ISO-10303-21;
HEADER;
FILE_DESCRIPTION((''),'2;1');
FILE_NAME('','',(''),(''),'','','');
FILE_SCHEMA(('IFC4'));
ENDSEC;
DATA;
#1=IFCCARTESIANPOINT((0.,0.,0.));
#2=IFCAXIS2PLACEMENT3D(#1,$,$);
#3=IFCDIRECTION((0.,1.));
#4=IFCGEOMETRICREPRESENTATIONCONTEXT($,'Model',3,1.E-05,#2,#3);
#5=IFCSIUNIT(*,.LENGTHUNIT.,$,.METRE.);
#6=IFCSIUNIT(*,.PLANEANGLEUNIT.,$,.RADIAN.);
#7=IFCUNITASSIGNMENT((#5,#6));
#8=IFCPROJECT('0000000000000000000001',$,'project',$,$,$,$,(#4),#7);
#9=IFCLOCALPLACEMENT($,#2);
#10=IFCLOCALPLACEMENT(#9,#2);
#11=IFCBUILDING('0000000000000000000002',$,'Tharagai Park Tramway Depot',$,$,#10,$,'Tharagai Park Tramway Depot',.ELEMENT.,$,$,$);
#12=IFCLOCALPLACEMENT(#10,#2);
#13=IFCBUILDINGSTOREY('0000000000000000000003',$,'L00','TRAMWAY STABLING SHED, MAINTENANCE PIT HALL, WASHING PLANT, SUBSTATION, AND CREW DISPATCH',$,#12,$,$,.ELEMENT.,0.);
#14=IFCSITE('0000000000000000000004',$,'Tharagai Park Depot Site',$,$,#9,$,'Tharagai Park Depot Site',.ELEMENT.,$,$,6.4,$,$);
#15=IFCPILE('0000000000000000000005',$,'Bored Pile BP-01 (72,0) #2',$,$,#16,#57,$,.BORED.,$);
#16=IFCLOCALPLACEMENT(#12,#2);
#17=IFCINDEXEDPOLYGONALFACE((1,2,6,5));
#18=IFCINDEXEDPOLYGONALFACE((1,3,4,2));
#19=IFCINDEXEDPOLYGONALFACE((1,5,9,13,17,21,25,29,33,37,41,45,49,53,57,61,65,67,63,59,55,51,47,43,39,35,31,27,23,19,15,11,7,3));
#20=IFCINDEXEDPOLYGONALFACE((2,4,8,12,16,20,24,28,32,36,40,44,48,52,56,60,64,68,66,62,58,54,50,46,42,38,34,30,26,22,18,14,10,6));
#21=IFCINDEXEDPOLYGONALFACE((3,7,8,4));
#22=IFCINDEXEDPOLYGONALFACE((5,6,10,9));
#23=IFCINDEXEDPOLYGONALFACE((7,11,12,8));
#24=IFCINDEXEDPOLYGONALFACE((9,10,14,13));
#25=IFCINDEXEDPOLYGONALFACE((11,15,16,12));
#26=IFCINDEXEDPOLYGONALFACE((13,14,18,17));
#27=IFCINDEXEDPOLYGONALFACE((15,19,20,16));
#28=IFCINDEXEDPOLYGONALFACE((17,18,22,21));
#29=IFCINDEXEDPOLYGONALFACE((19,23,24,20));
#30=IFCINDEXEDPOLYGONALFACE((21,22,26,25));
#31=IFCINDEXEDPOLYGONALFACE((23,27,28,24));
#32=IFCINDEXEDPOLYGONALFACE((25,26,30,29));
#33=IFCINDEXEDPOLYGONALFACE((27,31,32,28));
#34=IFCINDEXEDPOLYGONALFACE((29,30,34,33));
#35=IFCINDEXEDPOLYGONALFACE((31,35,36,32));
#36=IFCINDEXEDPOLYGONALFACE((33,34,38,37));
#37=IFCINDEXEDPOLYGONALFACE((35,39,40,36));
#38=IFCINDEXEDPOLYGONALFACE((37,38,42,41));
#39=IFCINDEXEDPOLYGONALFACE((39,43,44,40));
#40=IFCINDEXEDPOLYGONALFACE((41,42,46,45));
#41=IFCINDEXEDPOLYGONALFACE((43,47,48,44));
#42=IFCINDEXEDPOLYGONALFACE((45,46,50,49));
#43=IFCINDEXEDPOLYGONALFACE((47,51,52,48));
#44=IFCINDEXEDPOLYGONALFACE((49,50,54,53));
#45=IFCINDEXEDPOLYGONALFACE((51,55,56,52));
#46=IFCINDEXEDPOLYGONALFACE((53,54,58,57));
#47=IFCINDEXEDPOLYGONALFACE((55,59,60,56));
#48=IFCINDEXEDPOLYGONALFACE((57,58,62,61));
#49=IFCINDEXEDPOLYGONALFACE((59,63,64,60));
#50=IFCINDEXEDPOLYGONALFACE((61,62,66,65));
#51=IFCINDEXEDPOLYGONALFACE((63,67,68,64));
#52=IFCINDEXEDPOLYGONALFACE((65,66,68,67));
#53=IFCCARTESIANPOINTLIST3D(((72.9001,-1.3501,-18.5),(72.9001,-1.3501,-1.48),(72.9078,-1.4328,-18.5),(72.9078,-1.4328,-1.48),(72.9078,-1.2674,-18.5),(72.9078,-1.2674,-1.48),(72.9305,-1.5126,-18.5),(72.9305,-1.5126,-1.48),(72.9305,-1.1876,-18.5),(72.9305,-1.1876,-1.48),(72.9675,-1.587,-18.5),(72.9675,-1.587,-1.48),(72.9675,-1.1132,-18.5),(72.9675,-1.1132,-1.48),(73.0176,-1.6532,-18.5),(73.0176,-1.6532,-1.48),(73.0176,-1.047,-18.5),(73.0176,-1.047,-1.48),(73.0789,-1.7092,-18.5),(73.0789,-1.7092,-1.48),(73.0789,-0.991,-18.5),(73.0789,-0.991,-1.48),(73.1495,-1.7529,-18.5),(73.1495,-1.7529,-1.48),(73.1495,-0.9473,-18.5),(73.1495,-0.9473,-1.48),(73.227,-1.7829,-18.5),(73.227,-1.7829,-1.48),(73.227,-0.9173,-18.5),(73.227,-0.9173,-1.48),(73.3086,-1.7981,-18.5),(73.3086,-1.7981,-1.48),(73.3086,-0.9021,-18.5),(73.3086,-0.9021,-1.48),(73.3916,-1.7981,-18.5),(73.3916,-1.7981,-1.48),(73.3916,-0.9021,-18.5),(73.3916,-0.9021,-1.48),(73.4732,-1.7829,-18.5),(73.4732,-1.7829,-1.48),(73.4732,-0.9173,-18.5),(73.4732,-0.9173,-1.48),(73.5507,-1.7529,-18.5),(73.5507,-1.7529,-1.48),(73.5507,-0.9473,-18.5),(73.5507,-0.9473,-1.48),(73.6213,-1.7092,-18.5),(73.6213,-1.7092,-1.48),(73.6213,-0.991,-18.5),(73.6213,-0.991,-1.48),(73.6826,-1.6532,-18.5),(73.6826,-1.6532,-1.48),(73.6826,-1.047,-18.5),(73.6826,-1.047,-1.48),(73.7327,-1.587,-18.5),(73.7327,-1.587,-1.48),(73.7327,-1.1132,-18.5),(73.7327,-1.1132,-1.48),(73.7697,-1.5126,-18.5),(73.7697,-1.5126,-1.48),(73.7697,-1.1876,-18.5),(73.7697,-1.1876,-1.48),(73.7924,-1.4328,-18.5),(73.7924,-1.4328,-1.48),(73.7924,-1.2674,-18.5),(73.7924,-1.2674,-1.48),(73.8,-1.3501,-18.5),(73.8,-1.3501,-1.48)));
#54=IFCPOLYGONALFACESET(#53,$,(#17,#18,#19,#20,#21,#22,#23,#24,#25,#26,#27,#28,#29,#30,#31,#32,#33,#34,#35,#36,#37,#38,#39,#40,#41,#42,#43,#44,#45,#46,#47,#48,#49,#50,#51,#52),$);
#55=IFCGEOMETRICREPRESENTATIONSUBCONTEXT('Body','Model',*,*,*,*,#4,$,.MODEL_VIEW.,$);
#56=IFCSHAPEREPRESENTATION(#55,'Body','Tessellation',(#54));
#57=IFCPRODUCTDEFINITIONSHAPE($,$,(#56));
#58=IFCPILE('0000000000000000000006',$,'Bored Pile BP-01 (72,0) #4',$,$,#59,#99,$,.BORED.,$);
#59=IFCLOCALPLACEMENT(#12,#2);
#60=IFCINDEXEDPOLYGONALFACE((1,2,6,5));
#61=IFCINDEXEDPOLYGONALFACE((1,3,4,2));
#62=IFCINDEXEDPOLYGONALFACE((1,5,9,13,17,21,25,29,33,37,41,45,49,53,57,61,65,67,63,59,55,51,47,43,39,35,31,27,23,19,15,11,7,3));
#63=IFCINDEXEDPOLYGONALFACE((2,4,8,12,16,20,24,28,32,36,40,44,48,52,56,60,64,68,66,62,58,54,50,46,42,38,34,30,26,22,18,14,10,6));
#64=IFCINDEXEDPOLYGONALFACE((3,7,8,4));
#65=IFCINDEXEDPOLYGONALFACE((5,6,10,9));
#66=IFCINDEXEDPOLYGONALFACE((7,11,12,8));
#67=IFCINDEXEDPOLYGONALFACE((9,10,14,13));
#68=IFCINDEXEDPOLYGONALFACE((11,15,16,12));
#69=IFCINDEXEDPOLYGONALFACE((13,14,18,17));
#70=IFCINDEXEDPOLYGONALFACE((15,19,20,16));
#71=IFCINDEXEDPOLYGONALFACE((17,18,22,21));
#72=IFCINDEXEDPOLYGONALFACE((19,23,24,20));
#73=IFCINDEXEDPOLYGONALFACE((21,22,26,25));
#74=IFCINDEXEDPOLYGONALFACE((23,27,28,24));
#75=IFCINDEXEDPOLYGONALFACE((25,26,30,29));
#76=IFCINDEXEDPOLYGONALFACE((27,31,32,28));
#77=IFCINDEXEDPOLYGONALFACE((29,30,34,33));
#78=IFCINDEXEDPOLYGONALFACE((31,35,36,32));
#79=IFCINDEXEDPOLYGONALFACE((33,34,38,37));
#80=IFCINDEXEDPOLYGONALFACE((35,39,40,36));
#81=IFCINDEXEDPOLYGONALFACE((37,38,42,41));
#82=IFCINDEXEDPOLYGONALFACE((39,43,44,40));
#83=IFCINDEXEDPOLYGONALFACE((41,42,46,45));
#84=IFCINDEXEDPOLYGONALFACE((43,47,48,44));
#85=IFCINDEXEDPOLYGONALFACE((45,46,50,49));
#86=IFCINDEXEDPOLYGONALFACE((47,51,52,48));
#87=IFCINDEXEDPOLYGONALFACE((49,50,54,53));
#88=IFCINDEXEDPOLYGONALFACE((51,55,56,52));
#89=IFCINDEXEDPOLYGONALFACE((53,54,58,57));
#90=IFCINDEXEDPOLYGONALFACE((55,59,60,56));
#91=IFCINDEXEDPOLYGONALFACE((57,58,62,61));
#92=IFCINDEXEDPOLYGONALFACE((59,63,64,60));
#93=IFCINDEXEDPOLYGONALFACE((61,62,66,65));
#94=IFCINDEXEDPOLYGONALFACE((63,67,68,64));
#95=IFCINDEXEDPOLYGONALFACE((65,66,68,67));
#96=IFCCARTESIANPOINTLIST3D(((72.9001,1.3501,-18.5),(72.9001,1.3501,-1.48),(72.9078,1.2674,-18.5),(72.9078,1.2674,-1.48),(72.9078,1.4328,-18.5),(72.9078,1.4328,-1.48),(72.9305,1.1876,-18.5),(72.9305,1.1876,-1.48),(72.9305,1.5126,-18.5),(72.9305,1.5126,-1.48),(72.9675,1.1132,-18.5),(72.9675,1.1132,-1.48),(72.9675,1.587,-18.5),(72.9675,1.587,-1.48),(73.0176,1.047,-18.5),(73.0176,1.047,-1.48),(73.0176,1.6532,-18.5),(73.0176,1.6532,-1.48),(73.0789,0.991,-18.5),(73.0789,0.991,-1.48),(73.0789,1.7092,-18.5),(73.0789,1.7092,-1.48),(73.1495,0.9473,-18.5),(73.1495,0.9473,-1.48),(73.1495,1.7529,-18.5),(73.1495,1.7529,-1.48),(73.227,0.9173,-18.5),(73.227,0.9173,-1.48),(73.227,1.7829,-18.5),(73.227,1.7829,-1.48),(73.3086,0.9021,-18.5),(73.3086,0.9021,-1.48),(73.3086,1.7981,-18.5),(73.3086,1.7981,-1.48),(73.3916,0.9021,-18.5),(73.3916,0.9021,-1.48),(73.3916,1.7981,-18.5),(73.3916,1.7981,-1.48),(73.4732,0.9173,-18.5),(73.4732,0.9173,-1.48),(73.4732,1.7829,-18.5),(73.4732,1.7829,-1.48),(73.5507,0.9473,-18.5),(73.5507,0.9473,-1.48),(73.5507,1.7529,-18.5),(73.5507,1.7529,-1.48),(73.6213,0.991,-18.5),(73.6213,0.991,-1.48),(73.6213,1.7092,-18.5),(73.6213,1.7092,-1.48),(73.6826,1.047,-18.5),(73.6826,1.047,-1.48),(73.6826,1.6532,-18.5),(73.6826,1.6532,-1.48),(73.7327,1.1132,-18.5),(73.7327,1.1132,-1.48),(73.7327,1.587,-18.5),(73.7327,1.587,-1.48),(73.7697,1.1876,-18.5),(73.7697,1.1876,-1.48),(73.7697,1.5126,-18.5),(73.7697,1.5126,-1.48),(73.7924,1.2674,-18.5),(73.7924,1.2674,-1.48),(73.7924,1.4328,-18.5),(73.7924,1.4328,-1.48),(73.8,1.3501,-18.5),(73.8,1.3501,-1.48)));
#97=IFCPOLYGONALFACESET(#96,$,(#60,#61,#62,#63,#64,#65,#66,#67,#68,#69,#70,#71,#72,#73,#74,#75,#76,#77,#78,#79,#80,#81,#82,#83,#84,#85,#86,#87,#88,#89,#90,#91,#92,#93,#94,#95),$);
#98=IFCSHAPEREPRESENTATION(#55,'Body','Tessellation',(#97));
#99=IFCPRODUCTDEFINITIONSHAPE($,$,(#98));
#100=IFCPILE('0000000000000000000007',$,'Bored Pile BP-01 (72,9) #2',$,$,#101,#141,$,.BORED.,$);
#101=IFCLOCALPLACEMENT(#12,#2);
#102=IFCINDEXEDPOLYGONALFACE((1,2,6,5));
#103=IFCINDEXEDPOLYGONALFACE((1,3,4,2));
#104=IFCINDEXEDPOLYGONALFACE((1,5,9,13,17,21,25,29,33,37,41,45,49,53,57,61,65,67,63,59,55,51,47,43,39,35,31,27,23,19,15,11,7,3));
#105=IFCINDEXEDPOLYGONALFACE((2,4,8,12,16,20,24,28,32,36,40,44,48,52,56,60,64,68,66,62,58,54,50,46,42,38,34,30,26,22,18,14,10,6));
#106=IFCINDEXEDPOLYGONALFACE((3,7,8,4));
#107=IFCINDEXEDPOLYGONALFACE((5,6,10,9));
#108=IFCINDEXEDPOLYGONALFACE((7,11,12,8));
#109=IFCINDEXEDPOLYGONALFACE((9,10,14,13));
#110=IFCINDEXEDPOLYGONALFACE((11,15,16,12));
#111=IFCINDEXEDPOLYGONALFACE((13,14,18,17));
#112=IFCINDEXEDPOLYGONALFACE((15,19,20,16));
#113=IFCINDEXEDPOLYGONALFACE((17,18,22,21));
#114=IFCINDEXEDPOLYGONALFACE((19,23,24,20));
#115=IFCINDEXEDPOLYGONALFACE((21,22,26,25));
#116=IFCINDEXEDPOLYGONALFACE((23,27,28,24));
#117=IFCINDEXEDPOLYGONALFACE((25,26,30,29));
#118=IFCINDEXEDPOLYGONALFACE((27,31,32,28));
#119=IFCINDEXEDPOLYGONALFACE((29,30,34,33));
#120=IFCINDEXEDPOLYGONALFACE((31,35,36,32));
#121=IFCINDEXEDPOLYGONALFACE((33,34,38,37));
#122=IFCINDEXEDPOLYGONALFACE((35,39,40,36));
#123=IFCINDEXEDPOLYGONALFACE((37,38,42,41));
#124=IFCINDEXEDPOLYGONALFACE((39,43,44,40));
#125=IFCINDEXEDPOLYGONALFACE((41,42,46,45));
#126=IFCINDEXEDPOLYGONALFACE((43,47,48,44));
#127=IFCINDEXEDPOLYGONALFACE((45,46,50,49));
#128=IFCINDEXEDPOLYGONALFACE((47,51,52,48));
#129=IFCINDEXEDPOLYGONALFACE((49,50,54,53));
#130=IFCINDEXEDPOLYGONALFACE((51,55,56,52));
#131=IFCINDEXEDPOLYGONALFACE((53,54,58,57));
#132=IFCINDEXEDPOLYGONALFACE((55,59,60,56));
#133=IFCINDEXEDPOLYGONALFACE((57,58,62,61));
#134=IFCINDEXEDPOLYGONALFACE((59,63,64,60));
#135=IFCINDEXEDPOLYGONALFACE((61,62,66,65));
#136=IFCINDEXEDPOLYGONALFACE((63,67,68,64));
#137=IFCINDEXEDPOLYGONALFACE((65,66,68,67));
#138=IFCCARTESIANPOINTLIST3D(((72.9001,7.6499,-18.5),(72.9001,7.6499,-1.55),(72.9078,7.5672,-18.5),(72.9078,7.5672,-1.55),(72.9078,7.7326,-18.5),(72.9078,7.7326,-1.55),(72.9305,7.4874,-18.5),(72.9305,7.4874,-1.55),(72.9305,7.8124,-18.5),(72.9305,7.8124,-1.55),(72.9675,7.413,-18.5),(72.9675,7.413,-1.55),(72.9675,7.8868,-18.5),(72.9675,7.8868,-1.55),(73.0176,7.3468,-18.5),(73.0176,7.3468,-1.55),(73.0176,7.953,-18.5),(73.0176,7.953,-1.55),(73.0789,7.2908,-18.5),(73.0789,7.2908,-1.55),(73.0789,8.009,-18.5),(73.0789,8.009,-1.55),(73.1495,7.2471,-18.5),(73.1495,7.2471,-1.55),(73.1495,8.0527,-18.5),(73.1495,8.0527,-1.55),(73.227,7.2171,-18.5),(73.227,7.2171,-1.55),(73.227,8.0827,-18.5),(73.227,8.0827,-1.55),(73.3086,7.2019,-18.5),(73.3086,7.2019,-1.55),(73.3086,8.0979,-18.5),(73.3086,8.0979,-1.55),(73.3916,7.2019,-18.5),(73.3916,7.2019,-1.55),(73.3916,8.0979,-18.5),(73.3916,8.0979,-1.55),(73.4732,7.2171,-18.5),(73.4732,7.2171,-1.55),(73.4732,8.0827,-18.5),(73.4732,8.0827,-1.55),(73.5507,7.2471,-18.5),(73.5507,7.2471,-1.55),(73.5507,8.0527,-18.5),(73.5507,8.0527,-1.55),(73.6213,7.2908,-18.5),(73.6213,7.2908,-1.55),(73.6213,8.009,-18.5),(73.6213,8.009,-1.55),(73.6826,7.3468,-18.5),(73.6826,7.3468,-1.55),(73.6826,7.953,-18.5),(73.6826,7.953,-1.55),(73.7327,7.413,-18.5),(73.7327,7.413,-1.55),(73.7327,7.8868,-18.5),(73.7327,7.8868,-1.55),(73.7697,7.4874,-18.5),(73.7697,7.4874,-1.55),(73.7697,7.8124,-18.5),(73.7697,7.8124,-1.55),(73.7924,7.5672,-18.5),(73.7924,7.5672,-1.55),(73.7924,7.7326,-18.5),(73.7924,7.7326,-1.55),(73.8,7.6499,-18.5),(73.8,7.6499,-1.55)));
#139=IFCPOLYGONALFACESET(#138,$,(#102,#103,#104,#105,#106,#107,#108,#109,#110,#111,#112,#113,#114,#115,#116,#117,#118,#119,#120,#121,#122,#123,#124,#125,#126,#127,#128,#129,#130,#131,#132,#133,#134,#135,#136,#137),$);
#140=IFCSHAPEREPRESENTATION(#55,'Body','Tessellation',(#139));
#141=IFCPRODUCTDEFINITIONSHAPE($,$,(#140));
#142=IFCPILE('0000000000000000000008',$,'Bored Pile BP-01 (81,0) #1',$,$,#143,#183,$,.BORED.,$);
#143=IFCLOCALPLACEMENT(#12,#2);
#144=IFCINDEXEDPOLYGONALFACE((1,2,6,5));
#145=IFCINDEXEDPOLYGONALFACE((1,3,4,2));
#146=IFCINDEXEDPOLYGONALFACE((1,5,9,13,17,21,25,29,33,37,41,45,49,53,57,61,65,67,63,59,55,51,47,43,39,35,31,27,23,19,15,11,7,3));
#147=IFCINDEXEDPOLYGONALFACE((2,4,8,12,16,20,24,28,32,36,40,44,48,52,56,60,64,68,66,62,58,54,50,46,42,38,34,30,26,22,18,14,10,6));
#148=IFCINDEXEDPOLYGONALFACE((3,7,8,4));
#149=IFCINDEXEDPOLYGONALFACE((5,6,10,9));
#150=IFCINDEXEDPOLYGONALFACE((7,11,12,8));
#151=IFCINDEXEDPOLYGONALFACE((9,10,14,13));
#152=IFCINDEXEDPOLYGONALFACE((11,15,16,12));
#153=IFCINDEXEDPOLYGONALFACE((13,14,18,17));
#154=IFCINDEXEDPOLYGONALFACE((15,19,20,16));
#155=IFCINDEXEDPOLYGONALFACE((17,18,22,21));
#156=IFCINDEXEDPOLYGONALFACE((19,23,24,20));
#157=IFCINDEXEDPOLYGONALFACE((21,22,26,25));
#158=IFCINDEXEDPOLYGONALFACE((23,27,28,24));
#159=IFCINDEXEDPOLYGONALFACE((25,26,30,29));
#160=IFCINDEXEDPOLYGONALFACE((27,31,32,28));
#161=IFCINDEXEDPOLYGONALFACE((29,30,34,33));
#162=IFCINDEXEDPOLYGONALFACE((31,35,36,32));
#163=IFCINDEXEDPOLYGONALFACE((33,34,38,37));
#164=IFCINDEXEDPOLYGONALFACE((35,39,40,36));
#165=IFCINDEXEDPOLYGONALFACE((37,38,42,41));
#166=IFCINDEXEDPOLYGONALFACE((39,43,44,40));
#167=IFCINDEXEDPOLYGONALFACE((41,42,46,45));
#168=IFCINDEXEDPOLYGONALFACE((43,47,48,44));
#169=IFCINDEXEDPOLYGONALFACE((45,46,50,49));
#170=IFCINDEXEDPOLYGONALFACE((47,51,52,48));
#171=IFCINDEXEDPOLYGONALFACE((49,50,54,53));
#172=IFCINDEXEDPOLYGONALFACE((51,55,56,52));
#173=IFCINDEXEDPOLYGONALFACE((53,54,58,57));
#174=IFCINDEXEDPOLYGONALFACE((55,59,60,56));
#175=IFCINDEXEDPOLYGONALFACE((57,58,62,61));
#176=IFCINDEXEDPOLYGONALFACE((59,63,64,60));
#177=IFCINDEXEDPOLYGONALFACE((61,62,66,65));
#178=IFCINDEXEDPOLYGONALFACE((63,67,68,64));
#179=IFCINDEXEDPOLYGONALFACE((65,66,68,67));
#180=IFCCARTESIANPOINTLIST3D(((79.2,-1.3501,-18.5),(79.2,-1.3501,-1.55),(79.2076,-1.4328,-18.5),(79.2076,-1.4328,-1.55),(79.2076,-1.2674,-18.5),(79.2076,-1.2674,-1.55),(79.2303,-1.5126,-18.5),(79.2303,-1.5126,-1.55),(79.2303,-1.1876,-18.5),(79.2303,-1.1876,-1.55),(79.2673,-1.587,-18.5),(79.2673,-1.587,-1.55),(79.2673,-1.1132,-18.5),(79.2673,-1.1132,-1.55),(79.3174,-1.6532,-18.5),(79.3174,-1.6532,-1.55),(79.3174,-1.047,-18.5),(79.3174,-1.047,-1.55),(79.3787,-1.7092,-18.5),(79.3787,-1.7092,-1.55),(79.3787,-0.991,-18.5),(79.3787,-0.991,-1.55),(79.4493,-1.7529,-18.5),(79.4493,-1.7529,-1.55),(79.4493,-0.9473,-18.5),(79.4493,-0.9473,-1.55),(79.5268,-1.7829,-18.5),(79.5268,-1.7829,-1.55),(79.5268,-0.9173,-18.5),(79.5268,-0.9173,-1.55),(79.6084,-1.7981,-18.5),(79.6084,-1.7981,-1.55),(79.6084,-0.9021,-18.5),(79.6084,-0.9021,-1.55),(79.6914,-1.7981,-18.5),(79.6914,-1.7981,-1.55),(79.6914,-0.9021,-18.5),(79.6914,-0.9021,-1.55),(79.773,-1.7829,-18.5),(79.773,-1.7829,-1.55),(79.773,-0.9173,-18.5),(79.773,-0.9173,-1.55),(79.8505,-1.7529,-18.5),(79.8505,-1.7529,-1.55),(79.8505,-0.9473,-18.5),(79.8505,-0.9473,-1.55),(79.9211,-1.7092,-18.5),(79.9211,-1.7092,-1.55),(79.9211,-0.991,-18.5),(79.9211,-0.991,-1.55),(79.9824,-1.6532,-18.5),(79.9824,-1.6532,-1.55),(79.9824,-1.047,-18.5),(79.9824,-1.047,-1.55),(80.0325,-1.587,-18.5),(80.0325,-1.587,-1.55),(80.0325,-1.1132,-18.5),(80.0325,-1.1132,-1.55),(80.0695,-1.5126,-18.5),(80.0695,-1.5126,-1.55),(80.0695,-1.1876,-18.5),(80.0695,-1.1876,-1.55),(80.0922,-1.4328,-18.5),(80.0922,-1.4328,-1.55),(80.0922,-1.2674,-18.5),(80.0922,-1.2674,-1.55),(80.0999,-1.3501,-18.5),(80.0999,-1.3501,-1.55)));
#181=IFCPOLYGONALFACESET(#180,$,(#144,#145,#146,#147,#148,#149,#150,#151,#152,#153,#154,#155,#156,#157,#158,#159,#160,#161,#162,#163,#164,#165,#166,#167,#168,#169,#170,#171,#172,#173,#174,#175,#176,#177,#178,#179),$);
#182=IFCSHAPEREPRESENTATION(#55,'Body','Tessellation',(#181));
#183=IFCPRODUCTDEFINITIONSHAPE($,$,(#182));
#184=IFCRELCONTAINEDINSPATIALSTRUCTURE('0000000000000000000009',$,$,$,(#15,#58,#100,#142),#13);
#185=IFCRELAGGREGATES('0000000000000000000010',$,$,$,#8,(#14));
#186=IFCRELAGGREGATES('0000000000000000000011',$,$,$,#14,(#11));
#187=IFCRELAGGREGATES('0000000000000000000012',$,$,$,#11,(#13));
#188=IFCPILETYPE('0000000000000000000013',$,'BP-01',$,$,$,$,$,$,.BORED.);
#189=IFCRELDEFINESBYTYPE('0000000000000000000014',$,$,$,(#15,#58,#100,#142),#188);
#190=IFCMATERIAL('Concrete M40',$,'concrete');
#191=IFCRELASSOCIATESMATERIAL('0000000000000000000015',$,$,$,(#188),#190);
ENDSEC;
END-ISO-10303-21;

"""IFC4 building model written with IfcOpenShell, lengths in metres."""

from ifc_helpers import new_model, si_unit, direction, frame, origin, origin_2d, place, context, subcontext, project, spatial, circle, extrude, material, material_profile, profile_set, type_object, element, save


model = new_model("IFC4")

# Units and contexts
model_context = context("Model", 3, precision=1e-05, world=origin(), true_north=direction((0.0, 1.0)))
body_context = subcontext(model_context, "Body", "Model", "MODEL_VIEW")
ifc_project = project(units=[si_unit("LENGTHUNIT", "METRE"), si_unit("PLANEANGLEUNIT", "RADIAN")], contexts=[model_context])

# Site, building, storey
site_placement = place(None, origin())
site = spatial("IfcSite", under=ifc_project, at=site_placement, Name="Tharagai Park Depot Site", LongName="Tharagai Park Depot Site", CompositionType="ELEMENT", RefElevation=6.4)
building_placement = place(site_placement, origin())
building = spatial("IfcBuilding", under=site, at=building_placement, Name="Tharagai Park Tramway Depot", LongName="Tharagai Park Tramway Depot", CompositionType="ELEMENT")
storey_placement = place(building_placement, origin())
storey = spatial("IfcBuildingStorey", under=building, at=storey_placement, Name="L00", Description="TRAMWAY STABLING SHED, MAINTENANCE PIT HALL, WASHING PLANT, SUBSTATION, AND CREW DISPATCH", CompositionType="ELEMENT", Elevation=0.0)

# Piles
ifc_material_1 = material(Name="Concrete M40", Category="concrete")
ifc_material_profile_1 = material_profile(ifc_material_1, circle(Radius=0.45, at=origin_2d()), Name="PILE D900")
ifc_profile_set_1 = profile_set([ifc_material_profile_1], Name="Concrete M40")
pile_type_1 = type_object("IfcPileType", Name="BP-01", PredefinedType="BORED", material=ifc_profile_set_1)
for number, where, z_axis, x_axis, name in (
    (1, (73.3501, -1.3501, -1.48), (0.0, 0.0, -1.0), (1.0, 0.0, 0.0), "Bored Pile BP-01 (72,0) #2"),
    (2, (73.3501, 1.3501, -1.48), (0.0, 0.0, -1.0), (1.0, 0.0, 0.0), "Bored Pile BP-01 (72,0) #4"),
):
    element("IfcPile", number, at=place(storey_placement, frame(where, z_axis=z_axis, x_axis=x_axis)), inside=storey, type_object=pile_type_1, Name=name, PredefinedType="BORED", context=body_context, shape_type="SweptSolid", body=[
        extrude(circle(Radius=0.45, at=origin_2d()), origin(), (0.0, 0.0, 1.0), 17.02),
    ])
for number, where, z_axis, x_axis, name in (
    (3, (73.3501, 7.6499, -1.55), (0.0, 0.0, -1.0), (1.0, 0.0, 0.0), "Bored Pile BP-01 (72,9) #2"),
    (4, (79.6499, -1.3501, -1.55), (0.0, 0.0, -1.0), (1.0, 0.0, 0.0), "Bored Pile BP-01 (81,0) #1"),
):
    element("IfcPile", number, at=place(storey_placement, frame(where, z_axis=z_axis, x_axis=x_axis)), inside=storey, type_object=pile_type_1, Name=name, PredefinedType="BORED", context=body_context, shape_type="SweptSolid", body=[
        extrude(circle(Radius=0.45, at=origin_2d()), origin(), (0.0, 0.0, 1.0), 16.95),
    ])

save(model, "model.ifc")
